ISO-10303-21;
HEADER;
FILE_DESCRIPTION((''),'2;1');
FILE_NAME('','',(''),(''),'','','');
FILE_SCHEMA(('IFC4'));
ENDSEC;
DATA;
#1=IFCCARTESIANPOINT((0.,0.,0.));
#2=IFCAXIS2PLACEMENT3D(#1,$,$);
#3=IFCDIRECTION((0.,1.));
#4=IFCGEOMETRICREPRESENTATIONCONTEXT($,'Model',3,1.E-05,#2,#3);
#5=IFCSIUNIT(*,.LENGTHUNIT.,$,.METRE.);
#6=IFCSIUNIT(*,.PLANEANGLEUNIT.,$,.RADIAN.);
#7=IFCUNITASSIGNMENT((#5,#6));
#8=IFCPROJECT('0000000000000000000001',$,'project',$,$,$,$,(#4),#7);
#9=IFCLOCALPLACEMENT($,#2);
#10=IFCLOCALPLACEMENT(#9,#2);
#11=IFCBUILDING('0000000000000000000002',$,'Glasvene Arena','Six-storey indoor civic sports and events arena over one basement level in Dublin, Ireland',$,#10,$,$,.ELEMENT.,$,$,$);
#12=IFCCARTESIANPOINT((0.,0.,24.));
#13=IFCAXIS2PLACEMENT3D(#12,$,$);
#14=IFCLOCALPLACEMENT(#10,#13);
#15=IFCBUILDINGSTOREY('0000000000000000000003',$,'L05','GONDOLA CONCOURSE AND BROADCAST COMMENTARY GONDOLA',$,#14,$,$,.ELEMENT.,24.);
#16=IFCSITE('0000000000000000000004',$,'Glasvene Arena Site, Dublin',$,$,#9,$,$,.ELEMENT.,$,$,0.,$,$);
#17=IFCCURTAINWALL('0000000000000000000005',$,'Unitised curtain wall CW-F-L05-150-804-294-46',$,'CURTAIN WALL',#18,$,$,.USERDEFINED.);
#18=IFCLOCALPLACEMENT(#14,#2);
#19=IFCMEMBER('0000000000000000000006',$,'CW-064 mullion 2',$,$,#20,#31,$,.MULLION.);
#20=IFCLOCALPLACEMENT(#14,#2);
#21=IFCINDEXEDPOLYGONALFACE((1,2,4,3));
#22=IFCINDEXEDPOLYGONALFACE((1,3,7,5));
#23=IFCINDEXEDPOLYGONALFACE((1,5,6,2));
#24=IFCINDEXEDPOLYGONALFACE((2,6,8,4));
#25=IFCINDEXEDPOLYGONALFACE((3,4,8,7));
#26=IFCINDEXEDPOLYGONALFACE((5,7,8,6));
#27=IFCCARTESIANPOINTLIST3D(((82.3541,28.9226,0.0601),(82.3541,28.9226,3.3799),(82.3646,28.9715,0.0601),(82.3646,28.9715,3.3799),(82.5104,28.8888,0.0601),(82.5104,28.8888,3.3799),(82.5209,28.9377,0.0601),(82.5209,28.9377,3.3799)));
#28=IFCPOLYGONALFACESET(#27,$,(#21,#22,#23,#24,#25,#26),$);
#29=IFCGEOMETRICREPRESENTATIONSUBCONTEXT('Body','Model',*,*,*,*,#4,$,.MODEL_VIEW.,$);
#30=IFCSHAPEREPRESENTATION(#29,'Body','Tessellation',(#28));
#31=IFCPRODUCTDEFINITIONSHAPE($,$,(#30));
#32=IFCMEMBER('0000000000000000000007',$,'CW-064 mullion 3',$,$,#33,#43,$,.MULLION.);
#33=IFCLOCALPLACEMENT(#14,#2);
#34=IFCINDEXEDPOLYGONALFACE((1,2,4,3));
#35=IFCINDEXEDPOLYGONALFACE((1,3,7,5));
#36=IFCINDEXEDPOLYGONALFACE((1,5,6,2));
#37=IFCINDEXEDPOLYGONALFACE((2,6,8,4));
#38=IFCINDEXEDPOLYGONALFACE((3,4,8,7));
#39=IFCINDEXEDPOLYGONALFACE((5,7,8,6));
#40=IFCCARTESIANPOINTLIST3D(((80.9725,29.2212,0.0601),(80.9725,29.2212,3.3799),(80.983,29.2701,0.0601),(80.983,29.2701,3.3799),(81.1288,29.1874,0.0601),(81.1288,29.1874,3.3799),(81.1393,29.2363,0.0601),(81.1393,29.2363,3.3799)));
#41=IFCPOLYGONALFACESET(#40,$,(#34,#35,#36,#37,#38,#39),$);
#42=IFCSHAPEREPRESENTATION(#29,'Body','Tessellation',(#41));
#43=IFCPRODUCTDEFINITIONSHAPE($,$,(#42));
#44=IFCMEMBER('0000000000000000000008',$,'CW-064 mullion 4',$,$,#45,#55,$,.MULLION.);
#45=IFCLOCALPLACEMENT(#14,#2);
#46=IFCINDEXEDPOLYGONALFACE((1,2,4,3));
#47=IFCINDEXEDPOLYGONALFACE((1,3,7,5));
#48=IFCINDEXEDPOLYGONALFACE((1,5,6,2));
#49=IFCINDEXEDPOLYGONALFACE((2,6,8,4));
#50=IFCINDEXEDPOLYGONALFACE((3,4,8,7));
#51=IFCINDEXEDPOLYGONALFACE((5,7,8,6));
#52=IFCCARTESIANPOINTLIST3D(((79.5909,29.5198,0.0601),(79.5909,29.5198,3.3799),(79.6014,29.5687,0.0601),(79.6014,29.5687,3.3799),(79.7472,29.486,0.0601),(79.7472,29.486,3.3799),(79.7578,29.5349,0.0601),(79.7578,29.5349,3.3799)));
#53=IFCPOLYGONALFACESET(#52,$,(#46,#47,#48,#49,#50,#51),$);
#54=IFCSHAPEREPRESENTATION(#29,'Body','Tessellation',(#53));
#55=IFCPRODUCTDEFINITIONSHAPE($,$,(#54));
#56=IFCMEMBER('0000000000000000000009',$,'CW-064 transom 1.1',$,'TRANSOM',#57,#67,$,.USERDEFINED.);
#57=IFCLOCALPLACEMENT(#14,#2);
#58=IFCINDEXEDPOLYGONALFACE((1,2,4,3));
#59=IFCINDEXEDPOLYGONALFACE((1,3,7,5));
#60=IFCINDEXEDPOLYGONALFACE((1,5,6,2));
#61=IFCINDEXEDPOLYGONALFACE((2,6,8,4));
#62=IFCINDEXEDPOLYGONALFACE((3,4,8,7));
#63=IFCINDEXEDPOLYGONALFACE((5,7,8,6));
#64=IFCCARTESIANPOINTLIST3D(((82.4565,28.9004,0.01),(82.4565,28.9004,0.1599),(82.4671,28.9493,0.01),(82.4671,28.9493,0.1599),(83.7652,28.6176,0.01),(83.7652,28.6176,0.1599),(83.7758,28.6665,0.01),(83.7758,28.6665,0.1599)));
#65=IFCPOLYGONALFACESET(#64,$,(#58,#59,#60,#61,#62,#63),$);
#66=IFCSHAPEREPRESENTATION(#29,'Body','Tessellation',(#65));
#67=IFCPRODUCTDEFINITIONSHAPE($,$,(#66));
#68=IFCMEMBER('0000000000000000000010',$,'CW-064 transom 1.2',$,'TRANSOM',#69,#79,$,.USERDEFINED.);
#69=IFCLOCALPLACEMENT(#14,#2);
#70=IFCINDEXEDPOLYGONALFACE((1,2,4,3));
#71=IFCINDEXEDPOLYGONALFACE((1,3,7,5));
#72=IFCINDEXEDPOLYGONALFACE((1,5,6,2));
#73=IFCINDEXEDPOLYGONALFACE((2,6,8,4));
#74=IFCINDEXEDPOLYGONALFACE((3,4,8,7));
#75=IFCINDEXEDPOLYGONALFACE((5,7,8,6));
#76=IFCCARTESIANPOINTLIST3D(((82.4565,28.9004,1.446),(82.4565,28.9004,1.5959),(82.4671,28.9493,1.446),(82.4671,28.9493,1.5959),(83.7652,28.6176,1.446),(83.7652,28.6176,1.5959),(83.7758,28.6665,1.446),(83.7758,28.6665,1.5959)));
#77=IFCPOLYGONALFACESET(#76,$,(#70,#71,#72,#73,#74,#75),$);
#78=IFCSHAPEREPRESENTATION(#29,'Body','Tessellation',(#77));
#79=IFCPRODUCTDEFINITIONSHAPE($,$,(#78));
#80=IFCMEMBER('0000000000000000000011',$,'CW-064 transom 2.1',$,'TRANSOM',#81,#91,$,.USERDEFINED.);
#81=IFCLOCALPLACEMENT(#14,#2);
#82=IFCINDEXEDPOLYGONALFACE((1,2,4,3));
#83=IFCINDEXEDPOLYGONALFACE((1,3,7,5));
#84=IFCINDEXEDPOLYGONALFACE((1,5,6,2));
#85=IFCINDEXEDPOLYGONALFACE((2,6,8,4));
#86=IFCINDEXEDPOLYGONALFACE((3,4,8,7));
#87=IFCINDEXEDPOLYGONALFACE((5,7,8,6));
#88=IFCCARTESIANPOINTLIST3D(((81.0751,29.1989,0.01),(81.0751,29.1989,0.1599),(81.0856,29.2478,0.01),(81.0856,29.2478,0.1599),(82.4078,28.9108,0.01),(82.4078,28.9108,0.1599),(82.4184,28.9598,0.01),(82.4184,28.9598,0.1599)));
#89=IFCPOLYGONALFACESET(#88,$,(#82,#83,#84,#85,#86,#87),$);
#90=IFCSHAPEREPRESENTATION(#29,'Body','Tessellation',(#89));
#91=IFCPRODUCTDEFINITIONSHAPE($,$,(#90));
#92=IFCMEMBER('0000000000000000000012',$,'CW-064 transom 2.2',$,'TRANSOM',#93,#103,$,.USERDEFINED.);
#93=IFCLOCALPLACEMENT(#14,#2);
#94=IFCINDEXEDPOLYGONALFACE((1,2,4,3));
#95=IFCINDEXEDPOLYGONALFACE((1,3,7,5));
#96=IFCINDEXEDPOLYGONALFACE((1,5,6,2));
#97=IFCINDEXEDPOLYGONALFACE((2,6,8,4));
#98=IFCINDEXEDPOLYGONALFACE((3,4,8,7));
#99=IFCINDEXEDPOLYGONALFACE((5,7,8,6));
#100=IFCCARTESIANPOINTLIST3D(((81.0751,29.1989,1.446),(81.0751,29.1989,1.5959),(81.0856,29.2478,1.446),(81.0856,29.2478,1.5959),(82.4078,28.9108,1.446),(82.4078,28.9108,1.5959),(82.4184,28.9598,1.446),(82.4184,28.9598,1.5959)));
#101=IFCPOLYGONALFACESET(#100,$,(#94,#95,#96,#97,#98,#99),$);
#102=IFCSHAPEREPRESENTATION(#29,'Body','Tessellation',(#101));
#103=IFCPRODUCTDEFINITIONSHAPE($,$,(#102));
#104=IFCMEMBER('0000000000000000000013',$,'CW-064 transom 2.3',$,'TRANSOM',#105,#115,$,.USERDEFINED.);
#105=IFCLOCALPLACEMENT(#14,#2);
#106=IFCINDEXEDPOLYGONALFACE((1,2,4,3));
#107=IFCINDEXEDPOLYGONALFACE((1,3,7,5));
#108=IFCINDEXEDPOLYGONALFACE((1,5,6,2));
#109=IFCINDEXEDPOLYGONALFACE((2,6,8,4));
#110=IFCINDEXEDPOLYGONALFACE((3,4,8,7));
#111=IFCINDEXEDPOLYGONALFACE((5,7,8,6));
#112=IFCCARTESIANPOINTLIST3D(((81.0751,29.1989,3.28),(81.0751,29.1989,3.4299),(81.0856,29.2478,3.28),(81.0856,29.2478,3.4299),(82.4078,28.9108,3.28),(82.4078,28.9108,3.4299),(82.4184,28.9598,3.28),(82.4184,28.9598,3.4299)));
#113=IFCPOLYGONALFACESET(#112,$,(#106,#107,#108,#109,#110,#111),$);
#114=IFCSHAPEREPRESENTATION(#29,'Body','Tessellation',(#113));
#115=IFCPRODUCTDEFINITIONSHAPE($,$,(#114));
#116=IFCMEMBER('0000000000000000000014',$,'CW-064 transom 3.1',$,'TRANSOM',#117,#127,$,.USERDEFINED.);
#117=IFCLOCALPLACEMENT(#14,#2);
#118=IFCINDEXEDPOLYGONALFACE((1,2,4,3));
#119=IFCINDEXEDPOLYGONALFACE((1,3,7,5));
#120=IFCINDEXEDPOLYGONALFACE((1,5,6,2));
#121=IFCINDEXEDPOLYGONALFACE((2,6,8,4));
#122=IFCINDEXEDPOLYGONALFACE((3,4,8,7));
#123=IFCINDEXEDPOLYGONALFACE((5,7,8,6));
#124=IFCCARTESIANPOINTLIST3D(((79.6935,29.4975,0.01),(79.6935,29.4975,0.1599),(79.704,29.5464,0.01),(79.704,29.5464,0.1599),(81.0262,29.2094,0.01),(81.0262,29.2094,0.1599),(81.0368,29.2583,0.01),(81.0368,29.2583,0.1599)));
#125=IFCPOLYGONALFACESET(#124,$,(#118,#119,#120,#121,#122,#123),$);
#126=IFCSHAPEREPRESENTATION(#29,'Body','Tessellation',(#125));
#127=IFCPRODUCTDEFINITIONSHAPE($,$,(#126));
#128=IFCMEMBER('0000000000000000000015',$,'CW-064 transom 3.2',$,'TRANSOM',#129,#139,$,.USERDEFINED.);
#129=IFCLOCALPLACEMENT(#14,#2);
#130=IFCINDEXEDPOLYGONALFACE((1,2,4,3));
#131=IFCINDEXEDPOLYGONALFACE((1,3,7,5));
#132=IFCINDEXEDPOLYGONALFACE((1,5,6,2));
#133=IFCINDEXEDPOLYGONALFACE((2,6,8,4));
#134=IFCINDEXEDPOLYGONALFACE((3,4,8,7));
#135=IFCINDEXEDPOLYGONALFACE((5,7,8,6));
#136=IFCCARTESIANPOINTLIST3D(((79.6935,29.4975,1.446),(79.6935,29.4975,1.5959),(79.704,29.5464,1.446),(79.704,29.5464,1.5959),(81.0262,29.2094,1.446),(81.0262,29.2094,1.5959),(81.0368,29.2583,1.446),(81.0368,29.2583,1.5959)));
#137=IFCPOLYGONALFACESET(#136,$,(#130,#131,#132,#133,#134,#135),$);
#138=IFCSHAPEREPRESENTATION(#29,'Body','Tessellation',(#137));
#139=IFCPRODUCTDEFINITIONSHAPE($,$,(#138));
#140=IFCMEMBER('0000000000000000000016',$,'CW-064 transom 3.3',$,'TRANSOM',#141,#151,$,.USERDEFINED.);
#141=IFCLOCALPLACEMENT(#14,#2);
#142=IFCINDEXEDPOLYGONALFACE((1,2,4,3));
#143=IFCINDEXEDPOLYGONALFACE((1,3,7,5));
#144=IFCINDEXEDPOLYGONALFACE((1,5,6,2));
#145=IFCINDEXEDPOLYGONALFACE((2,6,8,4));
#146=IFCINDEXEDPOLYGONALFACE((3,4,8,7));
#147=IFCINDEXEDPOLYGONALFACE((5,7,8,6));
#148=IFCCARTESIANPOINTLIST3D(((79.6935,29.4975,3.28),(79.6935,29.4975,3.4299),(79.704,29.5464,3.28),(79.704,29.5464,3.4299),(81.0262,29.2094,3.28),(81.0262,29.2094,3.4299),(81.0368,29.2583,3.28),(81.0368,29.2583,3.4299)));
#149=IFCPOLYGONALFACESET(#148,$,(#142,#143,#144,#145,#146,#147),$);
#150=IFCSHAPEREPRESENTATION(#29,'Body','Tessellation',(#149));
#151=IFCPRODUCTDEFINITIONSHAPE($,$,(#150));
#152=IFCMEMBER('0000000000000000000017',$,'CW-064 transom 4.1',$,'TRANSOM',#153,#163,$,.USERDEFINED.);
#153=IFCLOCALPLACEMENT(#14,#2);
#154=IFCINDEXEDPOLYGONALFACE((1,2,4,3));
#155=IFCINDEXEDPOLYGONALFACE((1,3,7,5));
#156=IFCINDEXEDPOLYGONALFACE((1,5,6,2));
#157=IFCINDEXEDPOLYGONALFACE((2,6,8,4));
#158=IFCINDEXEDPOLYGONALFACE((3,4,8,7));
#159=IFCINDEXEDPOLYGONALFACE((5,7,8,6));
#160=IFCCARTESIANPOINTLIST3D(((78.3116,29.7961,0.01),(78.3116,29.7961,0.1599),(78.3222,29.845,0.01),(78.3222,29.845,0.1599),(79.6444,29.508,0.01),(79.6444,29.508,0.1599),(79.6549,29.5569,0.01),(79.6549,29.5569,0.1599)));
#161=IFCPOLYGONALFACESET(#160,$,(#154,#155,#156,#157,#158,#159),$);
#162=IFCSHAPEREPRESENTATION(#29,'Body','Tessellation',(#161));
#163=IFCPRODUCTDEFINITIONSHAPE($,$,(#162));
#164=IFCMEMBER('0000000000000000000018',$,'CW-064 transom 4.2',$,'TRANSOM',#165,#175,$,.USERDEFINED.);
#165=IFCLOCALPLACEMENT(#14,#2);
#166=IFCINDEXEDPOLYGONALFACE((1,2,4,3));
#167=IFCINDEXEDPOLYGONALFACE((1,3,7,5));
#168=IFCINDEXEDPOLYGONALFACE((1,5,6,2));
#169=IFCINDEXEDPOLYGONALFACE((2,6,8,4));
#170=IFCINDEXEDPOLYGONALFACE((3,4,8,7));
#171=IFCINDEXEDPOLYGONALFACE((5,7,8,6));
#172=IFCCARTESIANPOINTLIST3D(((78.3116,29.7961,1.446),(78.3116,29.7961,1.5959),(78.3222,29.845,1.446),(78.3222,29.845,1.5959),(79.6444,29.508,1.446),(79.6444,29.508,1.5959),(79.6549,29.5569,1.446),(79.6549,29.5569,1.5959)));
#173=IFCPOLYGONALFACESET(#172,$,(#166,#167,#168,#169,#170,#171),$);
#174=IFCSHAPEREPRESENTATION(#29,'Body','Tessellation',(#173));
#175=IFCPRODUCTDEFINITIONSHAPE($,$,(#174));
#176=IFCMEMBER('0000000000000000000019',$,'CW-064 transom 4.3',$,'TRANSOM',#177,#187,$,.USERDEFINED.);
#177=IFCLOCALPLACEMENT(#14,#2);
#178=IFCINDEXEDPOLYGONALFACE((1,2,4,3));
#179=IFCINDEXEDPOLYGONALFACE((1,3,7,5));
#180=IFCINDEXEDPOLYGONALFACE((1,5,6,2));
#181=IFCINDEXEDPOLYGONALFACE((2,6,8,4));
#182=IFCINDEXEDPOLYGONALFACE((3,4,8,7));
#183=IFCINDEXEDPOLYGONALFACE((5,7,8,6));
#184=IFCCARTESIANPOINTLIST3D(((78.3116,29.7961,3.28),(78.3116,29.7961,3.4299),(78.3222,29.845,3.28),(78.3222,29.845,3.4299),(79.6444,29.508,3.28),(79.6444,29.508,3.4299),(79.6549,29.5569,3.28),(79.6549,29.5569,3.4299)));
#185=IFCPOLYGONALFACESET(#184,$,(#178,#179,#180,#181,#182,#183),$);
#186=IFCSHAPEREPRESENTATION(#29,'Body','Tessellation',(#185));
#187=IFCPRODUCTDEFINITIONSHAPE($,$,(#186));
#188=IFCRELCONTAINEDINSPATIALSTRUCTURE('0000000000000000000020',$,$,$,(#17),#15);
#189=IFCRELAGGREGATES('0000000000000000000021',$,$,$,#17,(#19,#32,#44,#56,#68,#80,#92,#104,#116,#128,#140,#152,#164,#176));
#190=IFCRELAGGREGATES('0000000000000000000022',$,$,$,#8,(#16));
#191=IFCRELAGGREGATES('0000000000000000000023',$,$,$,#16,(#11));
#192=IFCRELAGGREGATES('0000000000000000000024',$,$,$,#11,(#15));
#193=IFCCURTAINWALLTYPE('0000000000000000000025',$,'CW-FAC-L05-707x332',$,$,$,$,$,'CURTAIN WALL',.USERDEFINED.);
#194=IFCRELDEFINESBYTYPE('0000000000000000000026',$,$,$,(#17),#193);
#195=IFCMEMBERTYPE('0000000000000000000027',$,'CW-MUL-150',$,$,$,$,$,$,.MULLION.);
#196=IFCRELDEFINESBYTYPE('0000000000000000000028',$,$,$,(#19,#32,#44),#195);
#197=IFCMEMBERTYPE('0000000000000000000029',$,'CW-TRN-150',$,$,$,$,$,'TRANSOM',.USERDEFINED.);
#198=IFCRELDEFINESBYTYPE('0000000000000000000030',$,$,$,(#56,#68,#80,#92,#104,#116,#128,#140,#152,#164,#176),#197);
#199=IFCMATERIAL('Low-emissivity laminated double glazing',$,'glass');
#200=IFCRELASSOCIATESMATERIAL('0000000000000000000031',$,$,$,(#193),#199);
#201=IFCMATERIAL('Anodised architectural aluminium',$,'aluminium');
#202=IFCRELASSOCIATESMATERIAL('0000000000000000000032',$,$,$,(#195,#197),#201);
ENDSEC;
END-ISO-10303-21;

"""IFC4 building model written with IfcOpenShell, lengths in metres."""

from ifc_helpers import new_model, si_unit, direction, frame, origin, origin_2d, place, context, subcontext, project, spatial, rectangle, extrude, material, material_profile, profile_set, type_object, element, aggregate, save


model = new_model("IFC4")

# Units and contexts
model_context = context("Model", 3, precision=1e-05, world=origin(), true_north=direction((0.0, 1.0)))
body_context = subcontext(model_context, "Body", "Model", "MODEL_VIEW")
ifc_project = project(units=[si_unit("LENGTHUNIT", "METRE"), si_unit("PLANEANGLEUNIT", "RADIAN")], contexts=[model_context])

# Site, building, storey
site_placement = place(None, origin())
site = spatial("IfcSite", under=ifc_project, at=site_placement, Name="Glasvene Arena Site, Dublin", CompositionType="ELEMENT", RefElevation=0.0)
building_placement = place(site_placement, origin())
building = spatial("IfcBuilding", under=site, at=building_placement, Name="Glasvene Arena", Description="Six-storey indoor civic sports and events arena over one basement level in Dublin, Ireland", CompositionType="ELEMENT")
storey_placement = place(building_placement, frame((0.0, 0.0, 24.0)))
storey = spatial("IfcBuildingStorey", under=building, at=storey_placement, Name="L05", Description="GONDOLA CONCOURSE AND BROADCAST COMMENTARY GONDOLA", CompositionType="ELEMENT", Elevation=24.0)

# Curtain wall, members
ifc_material_1 = material(Name="Low-emissivity laminated double glazing", Category="glass")
curtain_wall_type = type_object("IfcCurtainWallType", Name="CW-FAC-L05-707x332", ElementType="CURTAIN WALL", PredefinedType="USERDEFINED", material=ifc_material_1)
curtain_wall_placement = place(storey_placement, frame((83.8193, 28.6316, 0.0)))
curtain_wall = element("IfcCurtainWall", 1, at=curtain_wall_placement, inside=storey, type_object=curtain_wall_type, Name="Unitised curtain wall CW-F-L05-150-804-294-46", ObjectType="CURTAIN WALL", PredefinedType="USERDEFINED")
ifc_material_2 = material(Name="Anodised architectural aluminium", Category="aluminium")
ifc_material_profile_1 = material_profile(ifc_material_2, rectangle(XDim=0.05, YDim=0.1599, at=origin_2d()), Name="ALU MULLION 50x160")
ifc_profile_set_1 = profile_set([ifc_material_profile_1], Name="Anodised architectural aluminium")
member_type_1 = type_object("IfcMemberType", Name="CW-MUL-150", PredefinedType="MULLION", material=ifc_profile_set_1)
member_1_placement = place(storey_placement, frame((82.4375, 28.9302, 0.0601), z_axis=(0.0, 0.0, 1.0), x_axis=(-0.211221, -0.977438, 0.0)))
member_1 = element("IfcMember", 2, at=member_1_placement, type_object=member_type_1, Name="CW-064 mullion 2", PredefinedType="MULLION", context=body_context, shape_type="SweptSolid", body=[
    extrude(rectangle(XDim=0.05, YDim=0.1599, at=origin_2d()), origin(), (0.0, 0.0, 1.0), 3.3198),
])
member_2_placement = place(storey_placement, frame((81.0559, 29.2288, 0.0601), z_axis=(0.0, 0.0, 1.0), x_axis=(-0.211221, -0.977438, 0.0)))
member_2 = element("IfcMember", 3, at=member_2_placement, type_object=member_type_1, Name="CW-064 mullion 3", PredefinedType="MULLION", context=body_context, shape_type="SweptSolid", body=[
    extrude(rectangle(XDim=0.05, YDim=0.1599, at=origin_2d()), origin(), (0.0, 0.0, 1.0), 3.3198),
])
member_3_placement = place(storey_placement, frame((79.6743, 29.5273, 0.0601), z_axis=(0.0, 0.0, 1.0), x_axis=(-0.211221, -0.977438, 0.0)))
member_3 = element("IfcMember", 4, at=member_3_placement, type_object=member_type_1, Name="CW-064 mullion 4", PredefinedType="MULLION", context=body_context, shape_type="SweptSolid", body=[
    extrude(rectangle(XDim=0.05, YDim=0.1599, at=origin_2d()), origin(), (0.0, 0.0, 1.0), 3.3198),
])
ifc_material_profile_2 = material_profile(ifc_material_2, rectangle(XDim=0.05, YDim=0.1499, at=origin_2d()), Name="ALU TRANSOM 50x150")
ifc_profile_set_2 = profile_set([ifc_material_profile_2], Name="Anodised architectural aluminium")
member_type_2 = type_object("IfcMemberType", Name="CW-TRN-150", ElementType="TRANSOM", PredefinedType="USERDEFINED", material=ifc_profile_set_2)
member_4_placement = place(storey_placement, frame((83.7705, 28.6421, 0.085), z_axis=(-0.977449, 0.211173, 0.0), x_axis=(-0.211173, -0.977449, 0.0)))
member_4 = element("IfcMember", 5, at=member_4_placement, type_object=member_type_2, Name="CW-064 transom 1.1", ObjectType="TRANSOM", PredefinedType="USERDEFINED", context=body_context, shape_type="SweptSolid", body=[
    extrude(rectangle(XDim=0.05, YDim=0.1499, at=origin_2d()), origin(), (0.0, 0.0, 1.0), 1.3389),
])
member_5_placement = place(storey_placement, frame((83.7705, 28.6421, 1.521), z_axis=(-0.977449, 0.211173, 0.0), x_axis=(-0.211173, -0.977449, 0.0)))
member_5 = element("IfcMember", 6, at=member_5_placement, type_object=member_type_2, Name="CW-064 transom 1.2", ObjectType="TRANSOM", PredefinedType="USERDEFINED", context=body_context, shape_type="SweptSolid", body=[
    extrude(rectangle(XDim=0.05, YDim=0.1499, at=origin_2d()), origin(), (0.0, 0.0, 1.0), 1.3389),
])
member_6_placement = place(storey_placement, frame((82.4131, 28.9353, 0.085), z_axis=(-0.977426, 0.211277, 0.0), x_axis=(-0.211277, -0.977426, 0.0)))
member_6 = element("IfcMember", 7, at=member_6_placement, type_object=member_type_2, Name="CW-064 transom 2.1", ObjectType="TRANSOM", PredefinedType="USERDEFINED", context=body_context, shape_type="SweptSolid", body=[
    extrude(rectangle(XDim=0.05, YDim=0.1499, at=origin_2d()), origin(), (0.0, 0.0, 1.0), 1.3635),
])
member_7_placement = place(storey_placement, frame((82.4131, 28.9353, 1.521), z_axis=(-0.977426, 0.211277, 0.0), x_axis=(-0.211277, -0.977426, 0.0)))
member_7 = element("IfcMember", 8, at=member_7_placement, type_object=member_type_2, Name="CW-064 transom 2.2", ObjectType="TRANSOM", PredefinedType="USERDEFINED", context=body_context, shape_type="SweptSolid", body=[
    extrude(rectangle(XDim=0.05, YDim=0.1499, at=origin_2d()), origin(), (0.0, 0.0, 1.0), 1.3635),
])
member_8_placement = place(storey_placement, frame((82.4131, 28.9353, 3.355), z_axis=(-0.977426, 0.211277, 0.0), x_axis=(-0.211277, -0.977426, 0.0)))
member_8 = element("IfcMember", 9, at=member_8_placement, type_object=member_type_2, Name="CW-064 transom 2.3", ObjectType="TRANSOM", PredefinedType="USERDEFINED", context=body_context, shape_type="SweptSolid", body=[
    extrude(rectangle(XDim=0.05, YDim=0.1499, at=origin_2d()), origin(), (0.0, 0.0, 1.0), 1.3635),
])
member_9_placement = place(storey_placement, frame((81.0315, 29.2339, 0.085), z_axis=(-0.977426, 0.211277, 0.0), x_axis=(-0.211277, -0.977426, 0.0)))
member_9 = element("IfcMember", 10, at=member_9_placement, type_object=member_type_2, Name="CW-064 transom 3.1", ObjectType="TRANSOM", PredefinedType="USERDEFINED", context=body_context, shape_type="SweptSolid", body=[
    extrude(rectangle(XDim=0.05, YDim=0.1499, at=origin_2d()), origin(), (0.0, 0.0, 1.0), 1.3635),
])
member_10_placement = place(storey_placement, frame((81.0315, 29.2339, 1.521), z_axis=(-0.977426, 0.211277, 0.0), x_axis=(-0.211277, -0.977426, 0.0)))
member_10 = element("IfcMember", 11, at=member_10_placement, type_object=member_type_2, Name="CW-064 transom 3.2", ObjectType="TRANSOM", PredefinedType="USERDEFINED", context=body_context, shape_type="SweptSolid", body=[
    extrude(rectangle(XDim=0.05, YDim=0.1499, at=origin_2d()), origin(), (0.0, 0.0, 1.0), 1.3635),
])
member_11_placement = place(storey_placement, frame((81.0315, 29.2339, 3.355), z_axis=(-0.977426, 0.211277, 0.0), x_axis=(-0.211277, -0.977426, 0.0)))
member_11 = element("IfcMember", 12, at=member_11_placement, type_object=member_type_2, Name="CW-064 transom 3.3", ObjectType="TRANSOM", PredefinedType="USERDEFINED", context=body_context, shape_type="SweptSolid", body=[
    extrude(rectangle(XDim=0.05, YDim=0.1499, at=origin_2d()), origin(), (0.0, 0.0, 1.0), 1.3635),
])
member_12_placement = place(storey_placement, frame((79.6497, 29.5325, 0.085), z_axis=(-0.977426, 0.211277, 0.0), x_axis=(-0.211277, -0.977426, 0.0)))
member_12 = element("IfcMember", 13, at=member_12_placement, type_object=member_type_2, Name="CW-064 transom 4.1", ObjectType="TRANSOM", PredefinedType="USERDEFINED", context=body_context, shape_type="SweptSolid", body=[
    extrude(rectangle(XDim=0.05, YDim=0.1499, at=origin_2d()), origin(), (0.0, 0.0, 1.0), 1.3635),
])
member_13_placement = place(storey_placement, frame((79.6497, 29.5325, 1.521), z_axis=(-0.977426, 0.211277, 0.0), x_axis=(-0.211277, -0.977426, 0.0)))
member_13 = element("IfcMember", 14, at=member_13_placement, type_object=member_type_2, Name="CW-064 transom 4.2", ObjectType="TRANSOM", PredefinedType="USERDEFINED", context=body_context, shape_type="SweptSolid", body=[
    extrude(rectangle(XDim=0.05, YDim=0.1499, at=origin_2d()), origin(), (0.0, 0.0, 1.0), 1.3635),
])
member_14_placement = place(storey_placement, frame((79.6497, 29.5325, 3.355), z_axis=(-0.977426, 0.211277, 0.0), x_axis=(-0.211277, -0.977426, 0.0)))
member_14 = element("IfcMember", 15, at=member_14_placement, type_object=member_type_2, Name="CW-064 transom 4.3", ObjectType="TRANSOM", PredefinedType="USERDEFINED", context=body_context, shape_type="SweptSolid", body=[
    extrude(rectangle(XDim=0.05, YDim=0.1499, at=origin_2d()), origin(), (0.0, 0.0, 1.0), 1.3635),
])
aggregate(curtain_wall, [member_1, member_2, member_3, member_4, member_5, member_6, member_7, member_8, member_9, member_10, member_11, member_12, member_13, member_14])

save(model, "model.ifc")
